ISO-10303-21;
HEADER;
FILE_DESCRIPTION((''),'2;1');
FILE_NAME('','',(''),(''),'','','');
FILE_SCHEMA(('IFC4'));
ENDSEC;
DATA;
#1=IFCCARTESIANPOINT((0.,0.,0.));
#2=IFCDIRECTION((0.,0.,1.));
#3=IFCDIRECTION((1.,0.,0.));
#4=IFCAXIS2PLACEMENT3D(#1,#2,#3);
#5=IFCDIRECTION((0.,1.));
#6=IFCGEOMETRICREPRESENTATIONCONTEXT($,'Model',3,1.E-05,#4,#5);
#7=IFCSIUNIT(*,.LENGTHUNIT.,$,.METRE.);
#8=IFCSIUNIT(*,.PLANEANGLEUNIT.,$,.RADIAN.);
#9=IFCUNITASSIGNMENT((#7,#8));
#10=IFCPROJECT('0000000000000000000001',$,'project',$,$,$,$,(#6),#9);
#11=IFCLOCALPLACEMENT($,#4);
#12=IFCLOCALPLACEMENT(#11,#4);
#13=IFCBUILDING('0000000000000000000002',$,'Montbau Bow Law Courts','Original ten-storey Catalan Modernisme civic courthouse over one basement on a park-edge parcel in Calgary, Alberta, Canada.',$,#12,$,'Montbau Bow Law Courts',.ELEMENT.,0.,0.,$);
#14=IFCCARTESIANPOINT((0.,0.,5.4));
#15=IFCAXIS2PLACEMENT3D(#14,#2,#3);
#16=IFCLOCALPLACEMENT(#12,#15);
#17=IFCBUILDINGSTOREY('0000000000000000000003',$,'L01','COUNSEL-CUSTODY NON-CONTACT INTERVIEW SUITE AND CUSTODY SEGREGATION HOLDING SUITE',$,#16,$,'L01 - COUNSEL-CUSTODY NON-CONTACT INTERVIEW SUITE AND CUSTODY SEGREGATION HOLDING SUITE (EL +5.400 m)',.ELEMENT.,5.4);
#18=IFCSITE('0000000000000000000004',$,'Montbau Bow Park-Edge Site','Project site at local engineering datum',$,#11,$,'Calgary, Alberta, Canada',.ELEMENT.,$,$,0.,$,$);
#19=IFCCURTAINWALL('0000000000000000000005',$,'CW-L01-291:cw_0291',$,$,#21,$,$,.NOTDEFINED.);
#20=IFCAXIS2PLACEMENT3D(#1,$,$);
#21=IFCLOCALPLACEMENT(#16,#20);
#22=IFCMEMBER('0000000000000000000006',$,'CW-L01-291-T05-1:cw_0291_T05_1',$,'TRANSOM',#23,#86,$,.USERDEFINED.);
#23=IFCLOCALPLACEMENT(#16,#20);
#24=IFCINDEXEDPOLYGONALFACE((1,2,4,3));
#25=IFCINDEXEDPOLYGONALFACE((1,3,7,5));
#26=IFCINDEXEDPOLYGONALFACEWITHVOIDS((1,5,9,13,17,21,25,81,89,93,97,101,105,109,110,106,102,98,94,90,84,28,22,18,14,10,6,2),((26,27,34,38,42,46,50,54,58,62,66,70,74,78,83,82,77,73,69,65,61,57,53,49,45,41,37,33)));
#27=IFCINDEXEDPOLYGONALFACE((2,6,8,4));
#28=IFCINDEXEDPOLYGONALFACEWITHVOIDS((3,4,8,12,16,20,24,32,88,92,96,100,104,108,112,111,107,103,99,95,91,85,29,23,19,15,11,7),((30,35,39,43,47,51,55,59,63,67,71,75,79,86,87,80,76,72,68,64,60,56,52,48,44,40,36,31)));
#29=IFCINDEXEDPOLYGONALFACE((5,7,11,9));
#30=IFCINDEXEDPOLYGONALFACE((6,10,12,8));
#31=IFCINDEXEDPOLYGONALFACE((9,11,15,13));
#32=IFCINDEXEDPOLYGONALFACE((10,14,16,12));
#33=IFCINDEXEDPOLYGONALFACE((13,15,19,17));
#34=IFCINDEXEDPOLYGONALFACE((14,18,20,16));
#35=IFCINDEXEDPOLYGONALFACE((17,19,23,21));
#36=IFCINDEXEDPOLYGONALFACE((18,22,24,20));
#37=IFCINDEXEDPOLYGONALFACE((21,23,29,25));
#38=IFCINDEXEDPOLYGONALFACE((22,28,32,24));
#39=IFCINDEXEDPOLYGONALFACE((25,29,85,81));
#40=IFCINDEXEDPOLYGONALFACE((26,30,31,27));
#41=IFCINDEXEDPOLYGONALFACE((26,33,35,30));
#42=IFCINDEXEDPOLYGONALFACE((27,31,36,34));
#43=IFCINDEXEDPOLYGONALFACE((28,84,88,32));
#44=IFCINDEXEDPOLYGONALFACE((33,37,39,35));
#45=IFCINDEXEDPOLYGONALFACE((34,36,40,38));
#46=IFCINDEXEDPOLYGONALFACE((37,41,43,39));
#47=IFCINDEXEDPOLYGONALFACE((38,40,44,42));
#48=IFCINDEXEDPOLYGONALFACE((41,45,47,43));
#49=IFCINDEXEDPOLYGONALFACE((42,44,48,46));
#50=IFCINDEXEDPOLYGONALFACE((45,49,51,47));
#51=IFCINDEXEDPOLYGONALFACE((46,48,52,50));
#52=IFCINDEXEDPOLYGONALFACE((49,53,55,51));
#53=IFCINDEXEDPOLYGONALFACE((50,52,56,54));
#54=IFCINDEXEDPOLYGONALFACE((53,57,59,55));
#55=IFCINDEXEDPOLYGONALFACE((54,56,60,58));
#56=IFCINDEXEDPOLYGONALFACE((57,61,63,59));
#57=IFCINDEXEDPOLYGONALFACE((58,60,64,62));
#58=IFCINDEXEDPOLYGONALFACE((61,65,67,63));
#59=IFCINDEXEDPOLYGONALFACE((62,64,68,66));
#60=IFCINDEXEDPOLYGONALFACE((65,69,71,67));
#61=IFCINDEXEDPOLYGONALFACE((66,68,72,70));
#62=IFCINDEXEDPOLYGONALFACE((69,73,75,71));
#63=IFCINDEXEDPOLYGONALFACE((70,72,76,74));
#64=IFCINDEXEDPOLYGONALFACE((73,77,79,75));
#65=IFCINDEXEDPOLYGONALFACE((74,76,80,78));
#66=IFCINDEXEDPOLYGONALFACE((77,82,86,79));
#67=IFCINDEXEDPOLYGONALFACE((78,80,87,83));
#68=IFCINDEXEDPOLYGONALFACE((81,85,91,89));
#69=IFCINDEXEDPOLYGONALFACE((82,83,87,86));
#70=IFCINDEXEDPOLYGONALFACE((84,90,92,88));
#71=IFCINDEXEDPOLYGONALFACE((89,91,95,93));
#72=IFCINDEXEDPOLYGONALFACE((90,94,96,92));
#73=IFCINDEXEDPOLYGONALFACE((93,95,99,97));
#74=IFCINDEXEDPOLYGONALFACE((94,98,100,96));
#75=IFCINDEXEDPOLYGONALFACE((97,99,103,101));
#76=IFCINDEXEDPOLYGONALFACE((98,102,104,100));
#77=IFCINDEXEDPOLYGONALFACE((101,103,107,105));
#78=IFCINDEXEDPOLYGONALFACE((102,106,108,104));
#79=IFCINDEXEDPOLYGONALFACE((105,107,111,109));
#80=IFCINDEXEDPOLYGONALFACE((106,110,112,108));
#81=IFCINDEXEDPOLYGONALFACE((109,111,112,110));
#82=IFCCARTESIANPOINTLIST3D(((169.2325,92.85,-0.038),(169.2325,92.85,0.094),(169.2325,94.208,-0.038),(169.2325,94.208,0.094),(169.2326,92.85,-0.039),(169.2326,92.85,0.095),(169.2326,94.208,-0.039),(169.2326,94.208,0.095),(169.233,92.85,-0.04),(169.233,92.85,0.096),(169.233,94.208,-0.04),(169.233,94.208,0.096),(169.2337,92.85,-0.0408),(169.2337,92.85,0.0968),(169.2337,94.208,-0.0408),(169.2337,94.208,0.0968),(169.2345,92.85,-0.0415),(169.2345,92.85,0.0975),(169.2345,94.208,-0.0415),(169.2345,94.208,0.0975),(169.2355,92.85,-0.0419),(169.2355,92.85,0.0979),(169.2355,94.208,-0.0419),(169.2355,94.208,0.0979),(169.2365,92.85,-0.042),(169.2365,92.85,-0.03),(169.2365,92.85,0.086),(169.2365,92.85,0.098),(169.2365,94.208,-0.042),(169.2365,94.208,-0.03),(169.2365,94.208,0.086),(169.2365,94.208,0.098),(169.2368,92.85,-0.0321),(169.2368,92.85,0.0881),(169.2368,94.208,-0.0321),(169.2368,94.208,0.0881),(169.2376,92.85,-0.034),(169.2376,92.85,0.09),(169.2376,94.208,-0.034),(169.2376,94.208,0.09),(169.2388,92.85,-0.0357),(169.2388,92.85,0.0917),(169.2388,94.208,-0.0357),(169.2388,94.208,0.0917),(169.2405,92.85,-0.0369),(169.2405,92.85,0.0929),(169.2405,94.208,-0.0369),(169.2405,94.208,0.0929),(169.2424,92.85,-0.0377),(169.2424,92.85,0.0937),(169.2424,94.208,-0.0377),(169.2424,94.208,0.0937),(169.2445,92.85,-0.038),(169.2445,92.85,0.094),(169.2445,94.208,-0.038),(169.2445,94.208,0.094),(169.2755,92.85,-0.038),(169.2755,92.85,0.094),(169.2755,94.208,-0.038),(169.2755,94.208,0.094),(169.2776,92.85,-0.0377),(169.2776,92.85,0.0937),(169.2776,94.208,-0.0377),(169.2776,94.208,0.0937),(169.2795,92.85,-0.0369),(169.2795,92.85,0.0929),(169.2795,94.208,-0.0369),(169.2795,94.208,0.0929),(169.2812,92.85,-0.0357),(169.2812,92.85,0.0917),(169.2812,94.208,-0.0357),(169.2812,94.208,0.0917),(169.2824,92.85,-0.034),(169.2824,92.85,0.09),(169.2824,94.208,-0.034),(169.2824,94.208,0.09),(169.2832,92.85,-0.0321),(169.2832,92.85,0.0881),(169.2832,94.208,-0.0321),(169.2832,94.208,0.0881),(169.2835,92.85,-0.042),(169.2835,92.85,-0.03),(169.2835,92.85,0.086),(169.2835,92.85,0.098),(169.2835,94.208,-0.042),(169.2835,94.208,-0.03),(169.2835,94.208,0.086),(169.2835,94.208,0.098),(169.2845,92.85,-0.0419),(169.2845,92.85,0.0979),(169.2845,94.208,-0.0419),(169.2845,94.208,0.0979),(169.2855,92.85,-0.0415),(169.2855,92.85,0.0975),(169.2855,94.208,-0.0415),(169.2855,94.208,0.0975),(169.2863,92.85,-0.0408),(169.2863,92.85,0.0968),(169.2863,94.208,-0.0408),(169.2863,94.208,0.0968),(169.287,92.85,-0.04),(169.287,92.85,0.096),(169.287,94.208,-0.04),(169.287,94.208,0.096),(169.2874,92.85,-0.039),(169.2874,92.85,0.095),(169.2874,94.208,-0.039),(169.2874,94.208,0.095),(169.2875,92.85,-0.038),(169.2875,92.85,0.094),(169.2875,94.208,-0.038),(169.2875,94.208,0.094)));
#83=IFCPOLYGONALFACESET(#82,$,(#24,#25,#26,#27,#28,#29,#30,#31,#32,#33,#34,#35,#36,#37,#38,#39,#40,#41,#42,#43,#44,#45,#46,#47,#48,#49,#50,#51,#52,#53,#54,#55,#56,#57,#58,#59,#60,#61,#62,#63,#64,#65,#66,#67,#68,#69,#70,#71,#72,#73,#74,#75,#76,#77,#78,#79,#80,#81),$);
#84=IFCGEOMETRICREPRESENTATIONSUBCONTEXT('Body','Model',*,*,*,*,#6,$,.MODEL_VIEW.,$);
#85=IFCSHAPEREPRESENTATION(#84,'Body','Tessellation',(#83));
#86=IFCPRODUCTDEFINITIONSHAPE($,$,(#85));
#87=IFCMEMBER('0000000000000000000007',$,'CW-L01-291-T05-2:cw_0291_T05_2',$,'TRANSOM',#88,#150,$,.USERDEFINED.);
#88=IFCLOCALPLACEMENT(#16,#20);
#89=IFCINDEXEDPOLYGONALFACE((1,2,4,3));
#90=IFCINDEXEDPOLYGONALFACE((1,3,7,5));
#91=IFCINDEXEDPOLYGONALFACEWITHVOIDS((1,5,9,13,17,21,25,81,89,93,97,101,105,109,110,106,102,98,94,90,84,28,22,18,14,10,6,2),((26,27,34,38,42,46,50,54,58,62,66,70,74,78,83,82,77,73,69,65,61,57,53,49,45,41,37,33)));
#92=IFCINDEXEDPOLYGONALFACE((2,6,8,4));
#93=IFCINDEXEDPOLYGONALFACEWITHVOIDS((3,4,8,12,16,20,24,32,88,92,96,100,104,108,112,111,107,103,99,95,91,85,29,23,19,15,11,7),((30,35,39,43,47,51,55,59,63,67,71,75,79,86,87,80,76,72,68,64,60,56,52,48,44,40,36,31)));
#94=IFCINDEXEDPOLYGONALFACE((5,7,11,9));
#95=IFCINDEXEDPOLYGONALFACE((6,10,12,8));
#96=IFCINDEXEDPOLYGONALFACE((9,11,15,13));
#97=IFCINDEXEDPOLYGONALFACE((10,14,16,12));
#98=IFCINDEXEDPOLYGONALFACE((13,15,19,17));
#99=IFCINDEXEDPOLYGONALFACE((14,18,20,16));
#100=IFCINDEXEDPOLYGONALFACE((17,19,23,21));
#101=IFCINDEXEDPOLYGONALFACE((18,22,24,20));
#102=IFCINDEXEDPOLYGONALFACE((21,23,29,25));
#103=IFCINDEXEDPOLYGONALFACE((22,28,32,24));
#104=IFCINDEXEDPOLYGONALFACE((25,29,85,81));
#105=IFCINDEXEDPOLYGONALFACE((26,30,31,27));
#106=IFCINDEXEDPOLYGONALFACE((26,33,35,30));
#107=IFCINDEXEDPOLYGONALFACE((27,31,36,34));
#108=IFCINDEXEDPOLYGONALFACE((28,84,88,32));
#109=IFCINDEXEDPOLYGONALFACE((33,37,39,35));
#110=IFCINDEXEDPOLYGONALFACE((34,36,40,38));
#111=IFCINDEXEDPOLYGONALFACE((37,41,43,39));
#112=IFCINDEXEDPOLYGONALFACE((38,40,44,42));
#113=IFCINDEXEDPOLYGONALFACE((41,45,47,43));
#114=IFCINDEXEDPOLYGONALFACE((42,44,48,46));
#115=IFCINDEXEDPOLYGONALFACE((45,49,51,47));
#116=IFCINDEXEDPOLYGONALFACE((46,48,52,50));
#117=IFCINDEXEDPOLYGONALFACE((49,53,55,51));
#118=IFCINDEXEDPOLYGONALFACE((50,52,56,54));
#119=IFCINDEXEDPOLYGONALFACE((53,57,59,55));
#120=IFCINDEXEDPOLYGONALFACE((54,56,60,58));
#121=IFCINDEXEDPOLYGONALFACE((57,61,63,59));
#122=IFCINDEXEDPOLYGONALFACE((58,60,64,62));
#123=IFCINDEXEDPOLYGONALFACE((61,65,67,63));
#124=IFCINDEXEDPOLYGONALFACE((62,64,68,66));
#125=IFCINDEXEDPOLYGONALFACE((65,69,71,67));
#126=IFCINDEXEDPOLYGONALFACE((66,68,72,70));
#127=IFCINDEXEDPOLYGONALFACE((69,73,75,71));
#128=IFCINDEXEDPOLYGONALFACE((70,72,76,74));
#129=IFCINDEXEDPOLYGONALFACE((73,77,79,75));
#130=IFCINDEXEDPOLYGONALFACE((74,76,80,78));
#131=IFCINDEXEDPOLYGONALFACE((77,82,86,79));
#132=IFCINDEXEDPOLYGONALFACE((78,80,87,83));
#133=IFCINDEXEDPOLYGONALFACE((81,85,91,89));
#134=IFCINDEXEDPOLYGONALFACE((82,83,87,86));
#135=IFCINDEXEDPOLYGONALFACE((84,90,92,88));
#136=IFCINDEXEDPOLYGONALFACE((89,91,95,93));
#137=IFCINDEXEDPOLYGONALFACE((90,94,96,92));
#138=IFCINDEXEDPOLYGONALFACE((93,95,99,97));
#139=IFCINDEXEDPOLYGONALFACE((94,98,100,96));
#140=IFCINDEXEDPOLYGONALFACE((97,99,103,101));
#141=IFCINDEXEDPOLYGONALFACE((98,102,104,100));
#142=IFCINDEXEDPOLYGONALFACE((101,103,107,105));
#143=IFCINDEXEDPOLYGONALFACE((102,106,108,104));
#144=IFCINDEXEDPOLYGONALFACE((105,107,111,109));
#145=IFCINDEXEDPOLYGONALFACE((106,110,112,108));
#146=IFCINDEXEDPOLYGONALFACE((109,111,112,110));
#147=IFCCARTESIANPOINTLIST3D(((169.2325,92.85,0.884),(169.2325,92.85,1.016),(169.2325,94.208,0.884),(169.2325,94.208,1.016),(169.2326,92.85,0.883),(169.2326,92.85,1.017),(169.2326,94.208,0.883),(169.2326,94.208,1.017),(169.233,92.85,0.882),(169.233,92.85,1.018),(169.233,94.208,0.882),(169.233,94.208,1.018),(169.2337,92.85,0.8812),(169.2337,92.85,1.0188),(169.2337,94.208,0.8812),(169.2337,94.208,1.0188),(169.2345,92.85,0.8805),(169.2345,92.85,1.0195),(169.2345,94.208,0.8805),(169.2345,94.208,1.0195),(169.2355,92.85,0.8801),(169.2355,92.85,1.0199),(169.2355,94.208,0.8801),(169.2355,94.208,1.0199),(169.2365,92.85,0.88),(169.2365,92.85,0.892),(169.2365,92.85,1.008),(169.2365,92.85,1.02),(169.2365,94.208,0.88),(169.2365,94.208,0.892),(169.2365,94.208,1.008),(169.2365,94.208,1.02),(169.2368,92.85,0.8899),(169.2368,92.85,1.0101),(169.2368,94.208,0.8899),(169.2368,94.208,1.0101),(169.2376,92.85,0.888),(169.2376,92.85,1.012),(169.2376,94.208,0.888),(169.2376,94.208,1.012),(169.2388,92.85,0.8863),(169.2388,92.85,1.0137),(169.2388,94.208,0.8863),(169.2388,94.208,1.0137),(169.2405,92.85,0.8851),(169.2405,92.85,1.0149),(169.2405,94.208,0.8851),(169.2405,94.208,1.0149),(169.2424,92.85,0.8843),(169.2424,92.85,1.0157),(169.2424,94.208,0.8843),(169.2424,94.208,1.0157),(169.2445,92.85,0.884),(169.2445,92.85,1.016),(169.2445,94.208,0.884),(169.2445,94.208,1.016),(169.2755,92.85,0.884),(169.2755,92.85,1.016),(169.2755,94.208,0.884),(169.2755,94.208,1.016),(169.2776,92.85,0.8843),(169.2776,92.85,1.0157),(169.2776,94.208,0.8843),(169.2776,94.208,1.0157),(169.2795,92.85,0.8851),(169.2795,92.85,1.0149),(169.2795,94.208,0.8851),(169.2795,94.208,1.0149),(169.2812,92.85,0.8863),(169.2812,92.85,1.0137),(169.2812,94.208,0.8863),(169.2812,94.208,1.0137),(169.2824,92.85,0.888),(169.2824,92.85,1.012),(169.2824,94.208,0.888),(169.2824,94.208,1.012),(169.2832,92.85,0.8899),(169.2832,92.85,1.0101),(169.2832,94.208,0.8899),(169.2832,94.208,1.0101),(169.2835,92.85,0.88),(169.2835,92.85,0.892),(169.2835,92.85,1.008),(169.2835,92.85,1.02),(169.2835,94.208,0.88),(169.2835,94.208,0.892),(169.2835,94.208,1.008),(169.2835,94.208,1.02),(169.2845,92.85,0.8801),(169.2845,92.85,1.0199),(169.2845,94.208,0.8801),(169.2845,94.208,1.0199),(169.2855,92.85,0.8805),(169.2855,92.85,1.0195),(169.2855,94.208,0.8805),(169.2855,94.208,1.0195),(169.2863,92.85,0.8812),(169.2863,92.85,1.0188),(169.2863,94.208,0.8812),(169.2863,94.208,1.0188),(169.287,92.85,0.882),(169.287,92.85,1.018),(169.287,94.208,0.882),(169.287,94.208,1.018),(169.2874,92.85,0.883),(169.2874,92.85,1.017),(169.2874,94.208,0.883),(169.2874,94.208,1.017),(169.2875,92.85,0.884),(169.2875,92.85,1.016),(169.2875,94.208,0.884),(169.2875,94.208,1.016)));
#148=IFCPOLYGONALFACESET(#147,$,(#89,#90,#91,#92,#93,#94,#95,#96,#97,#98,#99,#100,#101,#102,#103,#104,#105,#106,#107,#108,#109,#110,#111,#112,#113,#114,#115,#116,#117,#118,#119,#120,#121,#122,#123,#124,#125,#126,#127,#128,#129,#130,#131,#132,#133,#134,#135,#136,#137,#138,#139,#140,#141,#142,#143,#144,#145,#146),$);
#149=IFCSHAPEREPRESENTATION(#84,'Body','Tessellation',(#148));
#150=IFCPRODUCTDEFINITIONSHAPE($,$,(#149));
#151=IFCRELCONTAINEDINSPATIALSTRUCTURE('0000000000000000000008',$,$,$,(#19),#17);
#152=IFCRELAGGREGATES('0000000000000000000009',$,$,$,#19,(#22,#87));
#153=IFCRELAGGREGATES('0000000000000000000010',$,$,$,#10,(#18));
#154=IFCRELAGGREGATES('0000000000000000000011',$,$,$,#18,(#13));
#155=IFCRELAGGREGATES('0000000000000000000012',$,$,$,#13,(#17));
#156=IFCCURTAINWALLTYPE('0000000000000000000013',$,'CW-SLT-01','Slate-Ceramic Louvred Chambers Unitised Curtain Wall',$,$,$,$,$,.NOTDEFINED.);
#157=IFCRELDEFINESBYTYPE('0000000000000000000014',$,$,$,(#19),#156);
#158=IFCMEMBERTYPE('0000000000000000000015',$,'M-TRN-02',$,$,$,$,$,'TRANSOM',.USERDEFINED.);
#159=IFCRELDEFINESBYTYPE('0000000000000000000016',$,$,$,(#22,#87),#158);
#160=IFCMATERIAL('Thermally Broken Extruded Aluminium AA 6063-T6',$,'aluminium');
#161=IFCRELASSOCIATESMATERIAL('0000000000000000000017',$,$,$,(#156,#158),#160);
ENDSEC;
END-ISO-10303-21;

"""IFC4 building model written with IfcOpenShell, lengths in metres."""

from ifc_helpers import new_model, si_unit, direction, frame, origin_with_axes, origin_2d_with_axis, place, context, subcontext, project, spatial, hollow_rectangle, extrude, material, material_profile, profile_set, type_object, element, aggregate, save


model = new_model("IFC4")

# Units and contexts
model_context = context("Model", 3, precision=1e-05, world=origin_with_axes(), true_north=direction((0.0, 1.0)))
body_context = subcontext(model_context, "Body", "Model", "MODEL_VIEW")
ifc_project = project(units=[si_unit("LENGTHUNIT", "METRE"), si_unit("PLANEANGLEUNIT", "RADIAN")], contexts=[model_context])

# Site, building, storey
site_placement = place(None, origin_with_axes())
site = spatial("IfcSite", under=ifc_project, at=site_placement, Name="Montbau Bow Park-Edge Site", Description="Project site at local engineering datum", LongName="Calgary, Alberta, Canada", CompositionType="ELEMENT", RefElevation=0.0)
building_placement = place(site_placement, origin_with_axes())
building = spatial("IfcBuilding", under=site, at=building_placement, Name="Montbau Bow Law Courts", Description="Original ten-storey Catalan Modernisme civic courthouse over one basement on a park-edge parcel in Calgary, Alberta, Canada.", LongName="Montbau Bow Law Courts", CompositionType="ELEMENT", ElevationOfRefHeight=0.0, ElevationOfTerrain=0.0)
storey_placement = place(building_placement, frame((0.0, 0.0, 5.4), z_axis=(0.0, 0.0, 1.0), x_axis=(1.0, 0.0, 0.0)))
storey = spatial("IfcBuildingStorey", under=building, at=storey_placement, Name="L01", Description="COUNSEL-CUSTODY NON-CONTACT INTERVIEW SUITE AND CUSTODY SEGREGATION HOLDING SUITE", LongName="L01 - COUNSEL-CUSTODY NON-CONTACT INTERVIEW SUITE AND CUSTODY SEGREGATION HOLDING SUITE (EL +5.400 m)", CompositionType="ELEMENT", Elevation=5.4)

# Curtain wall
ifc_material_1 = material(Name="Thermally Broken Extruded Aluminium AA 6063-T6", Category="aluminium")
curtain_wall_type = type_object("IfcCurtainWallType", Name="CW-SLT-01", Description="Slate-Ceramic Louvred Chambers Unitised Curtain Wall", PredefinedType="NOTDEFINED", material=ifc_material_1)
curtain_wall_1_placement = place(None, frame((169.26, 86.915, 5.4), z_axis=(0.0, 0.0, 1.0), x_axis=(1.0, 0.0, 0.0)))
curtain_wall_1 = element("IfcCurtainWall", 1, at=curtain_wall_1_placement, inside=storey, type_object=curtain_wall_type, Name="CW-L01-291:cw_0291", PredefinedType="NOTDEFINED")

# Members
ifc_material_profile_1 = material_profile(ifc_material_1, hollow_rectangle(XDim=0.055, YDim=0.14, WallThickness=0.004, InnerFilletRadius=0.008, OuterFilletRadius=0.004, at=origin_2d_with_axis()), Name="CWT-140X55", Category="Main", Priority=0)
ifc_profile_set_1 = profile_set([ifc_material_profile_1], Name="Thermally Broken Extruded Aluminium AA 6063-T6")
member_type_1 = type_object("IfcMemberType", Name="M-TRN-02", ElementType="TRANSOM", PredefinedType="USERDEFINED", material=ifc_profile_set_1)
member_1_placement = place(None, frame((169.26, 92.85, 5.428), z_axis=(0.0, 1.0, 0.0), x_axis=(-1.0, 0.0, 0.0)))
member_1 = element("IfcMember", 2, at=member_1_placement, type_object=member_type_1, Name="CW-L01-291-T05-1:cw_0291_T05_1", ObjectType="TRANSOM", PredefinedType="USERDEFINED", context=body_context, shape_type="SweptSolid", body=[
    extrude(hollow_rectangle(XDim=0.055, YDim=0.14, WallThickness=0.004, InnerFilletRadius=0.008, OuterFilletRadius=0.004, at=origin_2d_with_axis()), origin_with_axes(), (0.0, 0.0, 1.0), 1.358),
])
member_2_placement = place(None, frame((169.26, 92.85, 6.35), z_axis=(0.0, 1.0, 0.0), x_axis=(-1.0, 0.0, 0.0)))
member_2 = element("IfcMember", 3, at=member_2_placement, type_object=member_type_1, Name="CW-L01-291-T05-2:cw_0291_T05_2", ObjectType="TRANSOM", PredefinedType="USERDEFINED", context=body_context, shape_type="SweptSolid", body=[
    extrude(hollow_rectangle(XDim=0.055, YDim=0.14, WallThickness=0.004, InnerFilletRadius=0.008, OuterFilletRadius=0.004, at=origin_2d_with_axis()), origin_with_axes(), (0.0, 0.0, 1.0), 1.358),
])

aggregate(curtain_wall_1, [member_1, member_2])

save(model, "model.ifc")
